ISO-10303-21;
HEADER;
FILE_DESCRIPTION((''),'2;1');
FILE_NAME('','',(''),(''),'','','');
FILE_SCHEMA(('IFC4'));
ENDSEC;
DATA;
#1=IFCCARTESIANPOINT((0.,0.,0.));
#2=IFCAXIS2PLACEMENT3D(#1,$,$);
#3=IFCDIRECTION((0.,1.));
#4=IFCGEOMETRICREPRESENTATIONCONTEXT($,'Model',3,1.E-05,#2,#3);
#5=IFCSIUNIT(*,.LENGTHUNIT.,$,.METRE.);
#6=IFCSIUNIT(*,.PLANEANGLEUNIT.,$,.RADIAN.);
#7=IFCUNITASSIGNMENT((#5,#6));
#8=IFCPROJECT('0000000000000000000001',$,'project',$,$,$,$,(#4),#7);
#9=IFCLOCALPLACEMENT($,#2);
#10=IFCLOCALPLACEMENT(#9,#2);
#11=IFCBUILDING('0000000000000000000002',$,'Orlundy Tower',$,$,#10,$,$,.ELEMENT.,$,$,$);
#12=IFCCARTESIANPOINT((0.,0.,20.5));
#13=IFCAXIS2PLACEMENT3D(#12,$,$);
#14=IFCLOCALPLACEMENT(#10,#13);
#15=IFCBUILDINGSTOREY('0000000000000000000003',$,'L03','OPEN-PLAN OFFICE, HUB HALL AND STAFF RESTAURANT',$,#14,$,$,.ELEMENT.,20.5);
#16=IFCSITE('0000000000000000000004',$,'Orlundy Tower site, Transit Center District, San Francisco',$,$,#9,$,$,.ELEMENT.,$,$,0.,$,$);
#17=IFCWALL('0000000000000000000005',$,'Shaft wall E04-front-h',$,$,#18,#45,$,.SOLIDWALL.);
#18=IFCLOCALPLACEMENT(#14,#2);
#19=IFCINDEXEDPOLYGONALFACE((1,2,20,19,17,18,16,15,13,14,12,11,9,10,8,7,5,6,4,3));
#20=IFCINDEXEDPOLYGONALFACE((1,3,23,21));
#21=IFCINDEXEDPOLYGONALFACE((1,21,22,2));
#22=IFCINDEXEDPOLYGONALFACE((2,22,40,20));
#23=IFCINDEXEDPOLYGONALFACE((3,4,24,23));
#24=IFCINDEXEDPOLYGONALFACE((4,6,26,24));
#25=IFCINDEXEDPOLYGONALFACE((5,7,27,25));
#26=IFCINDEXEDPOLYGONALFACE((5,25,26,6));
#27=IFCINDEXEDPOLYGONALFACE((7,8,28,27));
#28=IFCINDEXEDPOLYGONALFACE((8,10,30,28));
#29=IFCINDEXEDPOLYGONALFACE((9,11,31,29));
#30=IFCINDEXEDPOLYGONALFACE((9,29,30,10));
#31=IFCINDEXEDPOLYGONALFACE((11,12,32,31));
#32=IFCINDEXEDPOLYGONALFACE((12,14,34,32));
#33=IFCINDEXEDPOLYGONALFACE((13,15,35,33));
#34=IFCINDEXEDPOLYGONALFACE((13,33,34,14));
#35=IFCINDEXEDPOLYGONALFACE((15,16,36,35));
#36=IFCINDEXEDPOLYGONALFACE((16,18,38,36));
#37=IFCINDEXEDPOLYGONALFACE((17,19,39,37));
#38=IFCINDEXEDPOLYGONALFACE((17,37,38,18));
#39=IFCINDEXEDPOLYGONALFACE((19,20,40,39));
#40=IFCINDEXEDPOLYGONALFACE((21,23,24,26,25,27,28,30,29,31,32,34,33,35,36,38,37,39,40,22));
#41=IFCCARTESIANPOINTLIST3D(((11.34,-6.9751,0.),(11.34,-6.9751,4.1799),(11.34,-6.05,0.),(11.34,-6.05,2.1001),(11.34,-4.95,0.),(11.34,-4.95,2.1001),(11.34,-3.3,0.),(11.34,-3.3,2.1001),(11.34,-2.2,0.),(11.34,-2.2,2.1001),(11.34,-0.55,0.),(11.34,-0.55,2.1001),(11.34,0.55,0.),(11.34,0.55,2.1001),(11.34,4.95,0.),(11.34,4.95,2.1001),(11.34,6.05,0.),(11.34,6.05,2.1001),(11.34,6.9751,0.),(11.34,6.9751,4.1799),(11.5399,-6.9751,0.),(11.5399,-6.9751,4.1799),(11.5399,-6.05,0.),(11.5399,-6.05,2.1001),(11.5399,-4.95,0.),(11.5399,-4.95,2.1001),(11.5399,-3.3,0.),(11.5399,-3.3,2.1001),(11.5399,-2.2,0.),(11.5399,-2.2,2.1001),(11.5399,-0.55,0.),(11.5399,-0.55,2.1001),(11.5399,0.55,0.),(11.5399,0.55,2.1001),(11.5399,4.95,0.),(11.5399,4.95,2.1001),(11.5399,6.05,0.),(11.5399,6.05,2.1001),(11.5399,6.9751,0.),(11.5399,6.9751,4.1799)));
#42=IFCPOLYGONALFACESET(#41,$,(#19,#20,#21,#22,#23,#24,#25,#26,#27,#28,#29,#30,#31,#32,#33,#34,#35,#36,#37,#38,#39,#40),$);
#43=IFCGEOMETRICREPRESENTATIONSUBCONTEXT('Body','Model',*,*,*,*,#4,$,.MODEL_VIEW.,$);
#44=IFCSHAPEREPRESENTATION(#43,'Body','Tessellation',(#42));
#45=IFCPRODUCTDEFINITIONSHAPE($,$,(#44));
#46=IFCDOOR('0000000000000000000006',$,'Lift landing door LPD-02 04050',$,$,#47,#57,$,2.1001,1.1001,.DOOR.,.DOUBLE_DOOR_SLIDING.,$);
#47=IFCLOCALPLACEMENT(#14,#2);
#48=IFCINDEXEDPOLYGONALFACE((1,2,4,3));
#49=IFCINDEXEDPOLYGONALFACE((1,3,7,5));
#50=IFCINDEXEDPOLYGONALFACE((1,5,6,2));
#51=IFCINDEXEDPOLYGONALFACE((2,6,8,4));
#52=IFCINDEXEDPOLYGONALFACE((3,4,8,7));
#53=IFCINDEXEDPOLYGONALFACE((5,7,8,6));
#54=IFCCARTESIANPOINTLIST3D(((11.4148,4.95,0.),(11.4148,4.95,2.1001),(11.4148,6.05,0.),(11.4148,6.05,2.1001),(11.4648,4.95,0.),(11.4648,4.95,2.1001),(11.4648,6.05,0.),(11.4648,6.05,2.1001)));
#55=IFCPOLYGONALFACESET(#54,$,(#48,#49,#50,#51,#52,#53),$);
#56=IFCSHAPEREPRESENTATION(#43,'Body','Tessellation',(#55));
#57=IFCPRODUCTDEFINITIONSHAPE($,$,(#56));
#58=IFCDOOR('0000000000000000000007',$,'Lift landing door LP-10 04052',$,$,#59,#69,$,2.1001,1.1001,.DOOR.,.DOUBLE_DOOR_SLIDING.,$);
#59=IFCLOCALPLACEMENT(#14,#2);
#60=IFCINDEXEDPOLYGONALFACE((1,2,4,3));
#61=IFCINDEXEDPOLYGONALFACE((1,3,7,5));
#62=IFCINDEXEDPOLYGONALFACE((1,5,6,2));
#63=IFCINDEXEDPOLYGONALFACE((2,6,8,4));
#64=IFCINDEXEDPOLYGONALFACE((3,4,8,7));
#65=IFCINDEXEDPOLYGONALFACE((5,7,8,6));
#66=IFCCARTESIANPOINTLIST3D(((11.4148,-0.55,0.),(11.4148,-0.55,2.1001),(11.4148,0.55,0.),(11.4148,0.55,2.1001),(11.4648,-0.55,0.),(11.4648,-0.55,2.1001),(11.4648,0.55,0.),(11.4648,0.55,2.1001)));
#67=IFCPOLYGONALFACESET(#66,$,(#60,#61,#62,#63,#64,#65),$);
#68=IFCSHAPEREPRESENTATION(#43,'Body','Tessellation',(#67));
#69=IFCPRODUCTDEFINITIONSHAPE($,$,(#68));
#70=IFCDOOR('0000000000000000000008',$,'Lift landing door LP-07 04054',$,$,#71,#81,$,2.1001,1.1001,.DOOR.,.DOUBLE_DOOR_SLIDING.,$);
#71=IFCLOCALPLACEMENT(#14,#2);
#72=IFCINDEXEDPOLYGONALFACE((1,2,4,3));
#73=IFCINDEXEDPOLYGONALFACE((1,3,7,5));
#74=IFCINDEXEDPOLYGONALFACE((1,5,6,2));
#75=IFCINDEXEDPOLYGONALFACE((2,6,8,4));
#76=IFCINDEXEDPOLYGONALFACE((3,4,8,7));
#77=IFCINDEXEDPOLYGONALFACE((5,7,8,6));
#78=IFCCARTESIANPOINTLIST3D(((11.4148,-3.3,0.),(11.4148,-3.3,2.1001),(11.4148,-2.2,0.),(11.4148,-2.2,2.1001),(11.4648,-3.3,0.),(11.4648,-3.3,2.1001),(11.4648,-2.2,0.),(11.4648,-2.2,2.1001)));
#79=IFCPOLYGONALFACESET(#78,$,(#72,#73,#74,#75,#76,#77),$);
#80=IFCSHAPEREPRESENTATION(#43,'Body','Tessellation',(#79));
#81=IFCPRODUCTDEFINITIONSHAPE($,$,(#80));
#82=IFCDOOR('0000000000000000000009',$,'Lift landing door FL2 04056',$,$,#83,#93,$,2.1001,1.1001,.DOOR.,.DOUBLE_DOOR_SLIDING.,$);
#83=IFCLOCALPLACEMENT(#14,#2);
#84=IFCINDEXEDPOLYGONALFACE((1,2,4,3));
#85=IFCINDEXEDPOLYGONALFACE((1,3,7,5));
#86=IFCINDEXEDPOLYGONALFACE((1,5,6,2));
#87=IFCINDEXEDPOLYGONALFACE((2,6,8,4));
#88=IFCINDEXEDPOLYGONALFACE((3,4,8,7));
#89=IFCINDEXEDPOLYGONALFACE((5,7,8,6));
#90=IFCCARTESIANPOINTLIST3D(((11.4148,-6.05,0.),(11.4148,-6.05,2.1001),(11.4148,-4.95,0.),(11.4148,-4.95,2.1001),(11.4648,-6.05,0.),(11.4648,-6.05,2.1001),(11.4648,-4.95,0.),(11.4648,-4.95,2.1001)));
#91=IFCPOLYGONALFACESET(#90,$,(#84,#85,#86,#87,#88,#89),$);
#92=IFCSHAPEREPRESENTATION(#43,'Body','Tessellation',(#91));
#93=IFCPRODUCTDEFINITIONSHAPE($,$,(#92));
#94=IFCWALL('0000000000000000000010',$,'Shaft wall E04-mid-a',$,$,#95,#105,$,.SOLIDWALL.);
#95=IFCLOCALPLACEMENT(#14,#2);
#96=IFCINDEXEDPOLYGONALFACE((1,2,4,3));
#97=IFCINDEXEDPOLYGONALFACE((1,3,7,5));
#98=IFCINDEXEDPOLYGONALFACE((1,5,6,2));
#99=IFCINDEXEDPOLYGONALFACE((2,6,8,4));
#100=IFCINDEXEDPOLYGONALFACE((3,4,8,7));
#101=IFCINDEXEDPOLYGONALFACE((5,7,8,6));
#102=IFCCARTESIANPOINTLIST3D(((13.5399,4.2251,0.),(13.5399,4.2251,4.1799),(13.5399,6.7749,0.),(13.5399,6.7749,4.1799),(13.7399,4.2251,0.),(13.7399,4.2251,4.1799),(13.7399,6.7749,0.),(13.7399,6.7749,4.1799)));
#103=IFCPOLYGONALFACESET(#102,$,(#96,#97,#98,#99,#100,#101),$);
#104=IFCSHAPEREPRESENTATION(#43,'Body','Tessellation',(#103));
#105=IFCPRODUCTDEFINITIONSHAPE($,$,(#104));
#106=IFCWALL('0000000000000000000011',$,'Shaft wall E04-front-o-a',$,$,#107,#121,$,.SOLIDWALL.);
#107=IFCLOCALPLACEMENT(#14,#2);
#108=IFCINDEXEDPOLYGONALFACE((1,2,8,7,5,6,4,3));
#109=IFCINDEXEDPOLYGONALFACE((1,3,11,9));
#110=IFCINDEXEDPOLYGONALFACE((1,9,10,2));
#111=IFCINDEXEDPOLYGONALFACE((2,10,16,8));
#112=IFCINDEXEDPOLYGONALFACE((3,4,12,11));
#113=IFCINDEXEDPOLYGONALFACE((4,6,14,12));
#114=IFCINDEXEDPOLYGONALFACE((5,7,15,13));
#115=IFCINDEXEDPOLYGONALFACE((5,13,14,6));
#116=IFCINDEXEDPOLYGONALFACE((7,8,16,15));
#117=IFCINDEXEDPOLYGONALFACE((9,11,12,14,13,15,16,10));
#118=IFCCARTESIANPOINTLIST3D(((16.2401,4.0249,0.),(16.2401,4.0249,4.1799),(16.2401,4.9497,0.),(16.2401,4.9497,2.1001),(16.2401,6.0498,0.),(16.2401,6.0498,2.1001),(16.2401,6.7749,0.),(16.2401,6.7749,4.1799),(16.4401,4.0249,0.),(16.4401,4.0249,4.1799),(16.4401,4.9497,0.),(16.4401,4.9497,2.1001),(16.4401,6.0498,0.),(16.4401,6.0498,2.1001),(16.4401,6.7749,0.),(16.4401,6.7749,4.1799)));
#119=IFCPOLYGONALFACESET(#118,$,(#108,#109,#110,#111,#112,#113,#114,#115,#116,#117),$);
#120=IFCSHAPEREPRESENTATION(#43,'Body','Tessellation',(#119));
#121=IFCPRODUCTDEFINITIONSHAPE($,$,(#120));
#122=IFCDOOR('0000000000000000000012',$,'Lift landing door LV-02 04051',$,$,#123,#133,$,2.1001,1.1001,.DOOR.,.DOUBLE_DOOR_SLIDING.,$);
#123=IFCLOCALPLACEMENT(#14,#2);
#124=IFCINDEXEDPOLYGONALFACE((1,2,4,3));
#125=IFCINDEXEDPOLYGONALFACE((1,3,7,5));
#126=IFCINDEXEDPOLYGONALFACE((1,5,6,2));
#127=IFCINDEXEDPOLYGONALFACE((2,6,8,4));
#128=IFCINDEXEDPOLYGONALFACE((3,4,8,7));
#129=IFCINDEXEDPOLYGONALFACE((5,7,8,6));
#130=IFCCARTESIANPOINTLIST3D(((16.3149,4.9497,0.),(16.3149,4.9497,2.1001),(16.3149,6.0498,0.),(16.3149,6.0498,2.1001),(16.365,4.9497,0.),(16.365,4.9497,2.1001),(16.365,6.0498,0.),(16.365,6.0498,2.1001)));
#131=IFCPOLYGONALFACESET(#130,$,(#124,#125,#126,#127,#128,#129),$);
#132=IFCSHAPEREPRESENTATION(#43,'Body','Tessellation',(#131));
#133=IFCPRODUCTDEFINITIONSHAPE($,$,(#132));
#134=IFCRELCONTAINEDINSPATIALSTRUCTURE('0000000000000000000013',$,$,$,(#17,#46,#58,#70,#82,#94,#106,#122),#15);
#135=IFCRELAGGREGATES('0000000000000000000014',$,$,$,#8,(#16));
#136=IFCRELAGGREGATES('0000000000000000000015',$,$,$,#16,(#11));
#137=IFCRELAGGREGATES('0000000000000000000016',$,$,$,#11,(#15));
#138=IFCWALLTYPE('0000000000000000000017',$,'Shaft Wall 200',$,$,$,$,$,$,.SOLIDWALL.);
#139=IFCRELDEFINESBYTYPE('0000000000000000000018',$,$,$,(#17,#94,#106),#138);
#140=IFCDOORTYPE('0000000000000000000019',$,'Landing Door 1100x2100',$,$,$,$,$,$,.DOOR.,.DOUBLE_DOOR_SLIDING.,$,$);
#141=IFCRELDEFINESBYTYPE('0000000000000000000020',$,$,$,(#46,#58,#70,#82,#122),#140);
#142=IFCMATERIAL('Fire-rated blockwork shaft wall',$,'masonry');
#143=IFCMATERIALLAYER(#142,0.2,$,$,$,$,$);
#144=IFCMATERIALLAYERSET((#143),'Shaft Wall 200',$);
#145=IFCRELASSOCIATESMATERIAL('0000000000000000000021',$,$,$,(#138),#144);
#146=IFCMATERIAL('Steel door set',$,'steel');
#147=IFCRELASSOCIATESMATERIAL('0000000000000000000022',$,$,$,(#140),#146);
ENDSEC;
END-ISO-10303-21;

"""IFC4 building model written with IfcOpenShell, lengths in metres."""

from ifc_helpers import new_model, si_unit, direction, frame, frame_2d, origin, place, context, subcontext, project, spatial, rectangle, extrude, material, layer, layer_set, type_object, element, fill, save


model = new_model("IFC4")

# Units and contexts
model_context = context("Model", 3, precision=1e-05, world=origin(), true_north=direction((0.0, 1.0)))
body_context = subcontext(model_context, "Body", "Model", "MODEL_VIEW")
ifc_project = project(units=[si_unit("LENGTHUNIT", "METRE"), si_unit("PLANEANGLEUNIT", "RADIAN")], contexts=[model_context])

# Site, building, storey
site_placement = place(None, origin())
site = spatial("IfcSite", under=ifc_project, at=site_placement, Name="Orlundy Tower site, Transit Center District, San Francisco", CompositionType="ELEMENT", RefElevation=0.0)
building_placement = place(site_placement, origin())
building = spatial("IfcBuilding", under=site, at=building_placement, Name="Orlundy Tower", CompositionType="ELEMENT")
storey_placement = place(building_placement, frame((0.0, 0.0, 20.5)))
storey = spatial("IfcBuildingStorey", under=building, at=storey_placement, Name="L03", Description="OPEN-PLAN OFFICE, HUB HALL AND STAFF RESTAURANT", CompositionType="ELEMENT", Elevation=20.5)

# Shared definitions
ifc_material_1 = material(Name="Fire-rated blockwork shaft wall", Category="masonry")
ifc_layer_1 = layer(ifc_material_1, 0.2)
ifc_layer_set_1 = layer_set([ifc_layer_1], Name="Shaft Wall 200")
wall_type_1 = type_object("IfcWallType", Name="Shaft Wall 200", PredefinedType="SOLIDWALL", material=ifc_layer_set_1)

# Wall, openings, doors
wall_1_placement = place(storey_placement, frame((11.4399, 6.9751, 0.0), z_axis=(0.0, 0.0, 1.0), x_axis=(0.0, -1.0, 0.0)))
wall_1 = element("IfcWall", 1, at=wall_1_placement, inside=storey, type_object=wall_type_1, Name="Shaft wall E04-front-h", PredefinedType="SOLIDWALL", context=body_context, shape_type="SweptSolid", body=[
    extrude(rectangle(XDim=13.9502, YDim=0.2, at=frame_2d((6.9751, 0.0))), origin(), (0.0, 0.0, 1.0), 4.1799),
])
opening_1_placement = place(wall_1_placement, frame((0.925, 0.0, 0.0)))
opening_1 = element("IfcOpeningElement", 2, at=opening_1_placement, cuts=wall_1, PredefinedType="OPENING", context=body_context, shape_type="SweptSolid", body=[
    extrude(rectangle(XDim=1.1001, YDim=2.1001, at=frame_2d((0.55, 1.05))), frame((0.0, 0.1101, 0.0), z_axis=(0.0, -1.0, 0.0), x_axis=(1.0, 0.0, 0.0)), (0.0, 0.0, 1.0), 0.2202),
])
opening_2_placement = place(wall_1_placement, frame((6.425, 0.0, 0.0)))
opening_2 = element("IfcOpeningElement", 3, at=opening_2_placement, cuts=wall_1, PredefinedType="OPENING", context=body_context, shape_type="SweptSolid", body=[
    extrude(rectangle(XDim=1.1001, YDim=2.1001, at=frame_2d((0.55, 1.05))), frame((0.0, 0.1101, 0.0), z_axis=(0.0, -1.0, 0.0), x_axis=(1.0, 0.0, 0.0)), (0.0, 0.0, 1.0), 0.2202),
])
opening_3_placement = place(wall_1_placement, frame((9.175, 0.0, 0.0)))
opening_3 = element("IfcOpeningElement", 4, at=opening_3_placement, cuts=wall_1, PredefinedType="OPENING", context=body_context, shape_type="SweptSolid", body=[
    extrude(rectangle(XDim=1.1001, YDim=2.1001, at=frame_2d((0.55, 1.05))), frame((0.0, 0.1101, 0.0), z_axis=(0.0, -1.0, 0.0), x_axis=(1.0, 0.0, 0.0)), (0.0, 0.0, 1.0), 0.2202),
])
opening_4_placement = place(wall_1_placement, frame((11.925, 0.0, 0.0)))
opening_4 = element("IfcOpeningElement", 5, at=opening_4_placement, cuts=wall_1, PredefinedType="OPENING", context=body_context, shape_type="SweptSolid", body=[
    extrude(rectangle(XDim=1.1001, YDim=2.1001, at=frame_2d((0.55, 1.05))), frame((0.0, 0.1101, 0.0), z_axis=(0.0, -1.0, 0.0), x_axis=(1.0, 0.0, 0.0)), (0.0, 0.0, 1.0), 0.2202),
])
ifc_material_2 = material(Name="Steel door set", Category="steel")
door_type_1 = type_object("IfcDoorType", Name="Landing Door 1100x2100", OperationType="DOUBLE_DOOR_SLIDING", PredefinedType="DOOR", material=ifc_material_2)
door_1_placement = place(opening_1_placement, origin())
door_1 = element("IfcDoor", 6, at=door_1_placement, inside=storey, type_object=door_type_1, Name="Lift landing door LPD-02 04050", OperationType="DOUBLE_DOOR_SLIDING", OverallHeight=2.1001, OverallWidth=1.1001, PredefinedType="DOOR", context=body_context, shape_type="SweptSolid", body=[
    extrude(rectangle(XDim=1.1001, YDim=2.1001, at=frame_2d((0.55, 1.05))), frame((0.0, 0.0249, 0.0), z_axis=(0.0, -1.0, 0.0), x_axis=(1.0, 0.0, 0.0)), (0.0, 0.0, 1.0), 0.05),
])
fill(opening_1, door_1)
door_2_placement = place(opening_2_placement, origin())
door_2 = element("IfcDoor", 7, at=door_2_placement, inside=storey, type_object=door_type_1, Name="Lift landing door LP-10 04052", OperationType="DOUBLE_DOOR_SLIDING", OverallHeight=2.1001, OverallWidth=1.1001, PredefinedType="DOOR", context=body_context, shape_type="SweptSolid", body=[
    extrude(rectangle(XDim=1.1001, YDim=2.1001, at=frame_2d((0.55, 1.05))), frame((0.0, 0.0249, 0.0), z_axis=(0.0, -1.0, 0.0), x_axis=(1.0, 0.0, 0.0)), (0.0, 0.0, 1.0), 0.05),
])
fill(opening_2, door_2)
door_3_placement = place(opening_3_placement, origin())
door_3 = element("IfcDoor", 8, at=door_3_placement, inside=storey, type_object=door_type_1, Name="Lift landing door LP-07 04054", OperationType="DOUBLE_DOOR_SLIDING", OverallHeight=2.1001, OverallWidth=1.1001, PredefinedType="DOOR", context=body_context, shape_type="SweptSolid", body=[
    extrude(rectangle(XDim=1.1001, YDim=2.1001, at=frame_2d((0.55, 1.05))), frame((0.0, 0.0249, 0.0), z_axis=(0.0, -1.0, 0.0), x_axis=(1.0, 0.0, 0.0)), (0.0, 0.0, 1.0), 0.05),
])
fill(opening_3, door_3)
door_4_placement = place(opening_4_placement, origin())
door_4 = element("IfcDoor", 9, at=door_4_placement, inside=storey, type_object=door_type_1, Name="Lift landing door FL2 04056", OperationType="DOUBLE_DOOR_SLIDING", OverallHeight=2.1001, OverallWidth=1.1001, PredefinedType="DOOR", context=body_context, shape_type="SweptSolid", body=[
    extrude(rectangle(XDim=1.1001, YDim=2.1001, at=frame_2d((0.55, 1.05))), frame((0.0, 0.0249, 0.0), z_axis=(0.0, -1.0, 0.0), x_axis=(1.0, 0.0, 0.0)), (0.0, 0.0, 1.0), 0.05),
])
fill(opening_4, door_4)

# Wall
wall_2_placement = place(storey_placement, frame((13.6399, 6.7749, 0.0), z_axis=(0.0, 0.0, 1.0), x_axis=(0.0, -1.0, 0.0)))
element("IfcWall", 10, at=wall_2_placement, inside=storey, type_object=wall_type_1, Name="Shaft wall E04-mid-a", PredefinedType="SOLIDWALL", context=body_context, shape_type="SweptSolid", body=[
    extrude(rectangle(XDim=2.5498, YDim=0.2, at=frame_2d((1.2749, 0.0))), origin(), (0.0, 0.0, 1.0), 4.1799),
])

# Wall, opening, door
wall_3_placement = place(storey_placement, frame((16.3401, 6.7749, 0.0), z_axis=(0.0, 0.0, 1.0), x_axis=(0.0, -1.0, 0.0)))
wall_3 = element("IfcWall", 11, at=wall_3_placement, inside=storey, type_object=wall_type_1, Name="Shaft wall E04-front-o-a", PredefinedType="SOLIDWALL", context=body_context, shape_type="SweptSolid", body=[
    extrude(rectangle(XDim=2.75, YDim=0.2, at=frame_2d((1.375, 0.0))), origin(), (0.0, 0.0, 1.0), 4.1799),
])
opening_5_placement = place(wall_3_placement, frame((0.7251, 0.0, 0.0)))
opening_5 = element("IfcOpeningElement", 12, at=opening_5_placement, cuts=wall_3, PredefinedType="OPENING", context=body_context, shape_type="SweptSolid", body=[
    extrude(rectangle(XDim=1.1001, YDim=2.1001, at=frame_2d((0.55, 1.05))), frame((0.0, 0.1101, 0.0), z_axis=(0.0, -1.0, 0.0), x_axis=(1.0, 0.0, 0.0)), (0.0, 0.0, 1.0), 0.2202),
])
door_5_placement = place(opening_5_placement, origin())
door_5 = element("IfcDoor", 13, at=door_5_placement, inside=storey, type_object=door_type_1, Name="Lift landing door LV-02 04051", OperationType="DOUBLE_DOOR_SLIDING", OverallHeight=2.1001, OverallWidth=1.1001, PredefinedType="DOOR", context=body_context, shape_type="SweptSolid", body=[
    extrude(rectangle(XDim=1.1001, YDim=2.1001, at=frame_2d((0.55, 1.05))), frame((0.0, 0.0249, 0.0), z_axis=(0.0, -1.0, 0.0), x_axis=(1.0, 0.0, 0.0)), (0.0, 0.0, 1.0), 0.05),
])
fill(opening_5, door_5)

save(model, "model.ifc")
